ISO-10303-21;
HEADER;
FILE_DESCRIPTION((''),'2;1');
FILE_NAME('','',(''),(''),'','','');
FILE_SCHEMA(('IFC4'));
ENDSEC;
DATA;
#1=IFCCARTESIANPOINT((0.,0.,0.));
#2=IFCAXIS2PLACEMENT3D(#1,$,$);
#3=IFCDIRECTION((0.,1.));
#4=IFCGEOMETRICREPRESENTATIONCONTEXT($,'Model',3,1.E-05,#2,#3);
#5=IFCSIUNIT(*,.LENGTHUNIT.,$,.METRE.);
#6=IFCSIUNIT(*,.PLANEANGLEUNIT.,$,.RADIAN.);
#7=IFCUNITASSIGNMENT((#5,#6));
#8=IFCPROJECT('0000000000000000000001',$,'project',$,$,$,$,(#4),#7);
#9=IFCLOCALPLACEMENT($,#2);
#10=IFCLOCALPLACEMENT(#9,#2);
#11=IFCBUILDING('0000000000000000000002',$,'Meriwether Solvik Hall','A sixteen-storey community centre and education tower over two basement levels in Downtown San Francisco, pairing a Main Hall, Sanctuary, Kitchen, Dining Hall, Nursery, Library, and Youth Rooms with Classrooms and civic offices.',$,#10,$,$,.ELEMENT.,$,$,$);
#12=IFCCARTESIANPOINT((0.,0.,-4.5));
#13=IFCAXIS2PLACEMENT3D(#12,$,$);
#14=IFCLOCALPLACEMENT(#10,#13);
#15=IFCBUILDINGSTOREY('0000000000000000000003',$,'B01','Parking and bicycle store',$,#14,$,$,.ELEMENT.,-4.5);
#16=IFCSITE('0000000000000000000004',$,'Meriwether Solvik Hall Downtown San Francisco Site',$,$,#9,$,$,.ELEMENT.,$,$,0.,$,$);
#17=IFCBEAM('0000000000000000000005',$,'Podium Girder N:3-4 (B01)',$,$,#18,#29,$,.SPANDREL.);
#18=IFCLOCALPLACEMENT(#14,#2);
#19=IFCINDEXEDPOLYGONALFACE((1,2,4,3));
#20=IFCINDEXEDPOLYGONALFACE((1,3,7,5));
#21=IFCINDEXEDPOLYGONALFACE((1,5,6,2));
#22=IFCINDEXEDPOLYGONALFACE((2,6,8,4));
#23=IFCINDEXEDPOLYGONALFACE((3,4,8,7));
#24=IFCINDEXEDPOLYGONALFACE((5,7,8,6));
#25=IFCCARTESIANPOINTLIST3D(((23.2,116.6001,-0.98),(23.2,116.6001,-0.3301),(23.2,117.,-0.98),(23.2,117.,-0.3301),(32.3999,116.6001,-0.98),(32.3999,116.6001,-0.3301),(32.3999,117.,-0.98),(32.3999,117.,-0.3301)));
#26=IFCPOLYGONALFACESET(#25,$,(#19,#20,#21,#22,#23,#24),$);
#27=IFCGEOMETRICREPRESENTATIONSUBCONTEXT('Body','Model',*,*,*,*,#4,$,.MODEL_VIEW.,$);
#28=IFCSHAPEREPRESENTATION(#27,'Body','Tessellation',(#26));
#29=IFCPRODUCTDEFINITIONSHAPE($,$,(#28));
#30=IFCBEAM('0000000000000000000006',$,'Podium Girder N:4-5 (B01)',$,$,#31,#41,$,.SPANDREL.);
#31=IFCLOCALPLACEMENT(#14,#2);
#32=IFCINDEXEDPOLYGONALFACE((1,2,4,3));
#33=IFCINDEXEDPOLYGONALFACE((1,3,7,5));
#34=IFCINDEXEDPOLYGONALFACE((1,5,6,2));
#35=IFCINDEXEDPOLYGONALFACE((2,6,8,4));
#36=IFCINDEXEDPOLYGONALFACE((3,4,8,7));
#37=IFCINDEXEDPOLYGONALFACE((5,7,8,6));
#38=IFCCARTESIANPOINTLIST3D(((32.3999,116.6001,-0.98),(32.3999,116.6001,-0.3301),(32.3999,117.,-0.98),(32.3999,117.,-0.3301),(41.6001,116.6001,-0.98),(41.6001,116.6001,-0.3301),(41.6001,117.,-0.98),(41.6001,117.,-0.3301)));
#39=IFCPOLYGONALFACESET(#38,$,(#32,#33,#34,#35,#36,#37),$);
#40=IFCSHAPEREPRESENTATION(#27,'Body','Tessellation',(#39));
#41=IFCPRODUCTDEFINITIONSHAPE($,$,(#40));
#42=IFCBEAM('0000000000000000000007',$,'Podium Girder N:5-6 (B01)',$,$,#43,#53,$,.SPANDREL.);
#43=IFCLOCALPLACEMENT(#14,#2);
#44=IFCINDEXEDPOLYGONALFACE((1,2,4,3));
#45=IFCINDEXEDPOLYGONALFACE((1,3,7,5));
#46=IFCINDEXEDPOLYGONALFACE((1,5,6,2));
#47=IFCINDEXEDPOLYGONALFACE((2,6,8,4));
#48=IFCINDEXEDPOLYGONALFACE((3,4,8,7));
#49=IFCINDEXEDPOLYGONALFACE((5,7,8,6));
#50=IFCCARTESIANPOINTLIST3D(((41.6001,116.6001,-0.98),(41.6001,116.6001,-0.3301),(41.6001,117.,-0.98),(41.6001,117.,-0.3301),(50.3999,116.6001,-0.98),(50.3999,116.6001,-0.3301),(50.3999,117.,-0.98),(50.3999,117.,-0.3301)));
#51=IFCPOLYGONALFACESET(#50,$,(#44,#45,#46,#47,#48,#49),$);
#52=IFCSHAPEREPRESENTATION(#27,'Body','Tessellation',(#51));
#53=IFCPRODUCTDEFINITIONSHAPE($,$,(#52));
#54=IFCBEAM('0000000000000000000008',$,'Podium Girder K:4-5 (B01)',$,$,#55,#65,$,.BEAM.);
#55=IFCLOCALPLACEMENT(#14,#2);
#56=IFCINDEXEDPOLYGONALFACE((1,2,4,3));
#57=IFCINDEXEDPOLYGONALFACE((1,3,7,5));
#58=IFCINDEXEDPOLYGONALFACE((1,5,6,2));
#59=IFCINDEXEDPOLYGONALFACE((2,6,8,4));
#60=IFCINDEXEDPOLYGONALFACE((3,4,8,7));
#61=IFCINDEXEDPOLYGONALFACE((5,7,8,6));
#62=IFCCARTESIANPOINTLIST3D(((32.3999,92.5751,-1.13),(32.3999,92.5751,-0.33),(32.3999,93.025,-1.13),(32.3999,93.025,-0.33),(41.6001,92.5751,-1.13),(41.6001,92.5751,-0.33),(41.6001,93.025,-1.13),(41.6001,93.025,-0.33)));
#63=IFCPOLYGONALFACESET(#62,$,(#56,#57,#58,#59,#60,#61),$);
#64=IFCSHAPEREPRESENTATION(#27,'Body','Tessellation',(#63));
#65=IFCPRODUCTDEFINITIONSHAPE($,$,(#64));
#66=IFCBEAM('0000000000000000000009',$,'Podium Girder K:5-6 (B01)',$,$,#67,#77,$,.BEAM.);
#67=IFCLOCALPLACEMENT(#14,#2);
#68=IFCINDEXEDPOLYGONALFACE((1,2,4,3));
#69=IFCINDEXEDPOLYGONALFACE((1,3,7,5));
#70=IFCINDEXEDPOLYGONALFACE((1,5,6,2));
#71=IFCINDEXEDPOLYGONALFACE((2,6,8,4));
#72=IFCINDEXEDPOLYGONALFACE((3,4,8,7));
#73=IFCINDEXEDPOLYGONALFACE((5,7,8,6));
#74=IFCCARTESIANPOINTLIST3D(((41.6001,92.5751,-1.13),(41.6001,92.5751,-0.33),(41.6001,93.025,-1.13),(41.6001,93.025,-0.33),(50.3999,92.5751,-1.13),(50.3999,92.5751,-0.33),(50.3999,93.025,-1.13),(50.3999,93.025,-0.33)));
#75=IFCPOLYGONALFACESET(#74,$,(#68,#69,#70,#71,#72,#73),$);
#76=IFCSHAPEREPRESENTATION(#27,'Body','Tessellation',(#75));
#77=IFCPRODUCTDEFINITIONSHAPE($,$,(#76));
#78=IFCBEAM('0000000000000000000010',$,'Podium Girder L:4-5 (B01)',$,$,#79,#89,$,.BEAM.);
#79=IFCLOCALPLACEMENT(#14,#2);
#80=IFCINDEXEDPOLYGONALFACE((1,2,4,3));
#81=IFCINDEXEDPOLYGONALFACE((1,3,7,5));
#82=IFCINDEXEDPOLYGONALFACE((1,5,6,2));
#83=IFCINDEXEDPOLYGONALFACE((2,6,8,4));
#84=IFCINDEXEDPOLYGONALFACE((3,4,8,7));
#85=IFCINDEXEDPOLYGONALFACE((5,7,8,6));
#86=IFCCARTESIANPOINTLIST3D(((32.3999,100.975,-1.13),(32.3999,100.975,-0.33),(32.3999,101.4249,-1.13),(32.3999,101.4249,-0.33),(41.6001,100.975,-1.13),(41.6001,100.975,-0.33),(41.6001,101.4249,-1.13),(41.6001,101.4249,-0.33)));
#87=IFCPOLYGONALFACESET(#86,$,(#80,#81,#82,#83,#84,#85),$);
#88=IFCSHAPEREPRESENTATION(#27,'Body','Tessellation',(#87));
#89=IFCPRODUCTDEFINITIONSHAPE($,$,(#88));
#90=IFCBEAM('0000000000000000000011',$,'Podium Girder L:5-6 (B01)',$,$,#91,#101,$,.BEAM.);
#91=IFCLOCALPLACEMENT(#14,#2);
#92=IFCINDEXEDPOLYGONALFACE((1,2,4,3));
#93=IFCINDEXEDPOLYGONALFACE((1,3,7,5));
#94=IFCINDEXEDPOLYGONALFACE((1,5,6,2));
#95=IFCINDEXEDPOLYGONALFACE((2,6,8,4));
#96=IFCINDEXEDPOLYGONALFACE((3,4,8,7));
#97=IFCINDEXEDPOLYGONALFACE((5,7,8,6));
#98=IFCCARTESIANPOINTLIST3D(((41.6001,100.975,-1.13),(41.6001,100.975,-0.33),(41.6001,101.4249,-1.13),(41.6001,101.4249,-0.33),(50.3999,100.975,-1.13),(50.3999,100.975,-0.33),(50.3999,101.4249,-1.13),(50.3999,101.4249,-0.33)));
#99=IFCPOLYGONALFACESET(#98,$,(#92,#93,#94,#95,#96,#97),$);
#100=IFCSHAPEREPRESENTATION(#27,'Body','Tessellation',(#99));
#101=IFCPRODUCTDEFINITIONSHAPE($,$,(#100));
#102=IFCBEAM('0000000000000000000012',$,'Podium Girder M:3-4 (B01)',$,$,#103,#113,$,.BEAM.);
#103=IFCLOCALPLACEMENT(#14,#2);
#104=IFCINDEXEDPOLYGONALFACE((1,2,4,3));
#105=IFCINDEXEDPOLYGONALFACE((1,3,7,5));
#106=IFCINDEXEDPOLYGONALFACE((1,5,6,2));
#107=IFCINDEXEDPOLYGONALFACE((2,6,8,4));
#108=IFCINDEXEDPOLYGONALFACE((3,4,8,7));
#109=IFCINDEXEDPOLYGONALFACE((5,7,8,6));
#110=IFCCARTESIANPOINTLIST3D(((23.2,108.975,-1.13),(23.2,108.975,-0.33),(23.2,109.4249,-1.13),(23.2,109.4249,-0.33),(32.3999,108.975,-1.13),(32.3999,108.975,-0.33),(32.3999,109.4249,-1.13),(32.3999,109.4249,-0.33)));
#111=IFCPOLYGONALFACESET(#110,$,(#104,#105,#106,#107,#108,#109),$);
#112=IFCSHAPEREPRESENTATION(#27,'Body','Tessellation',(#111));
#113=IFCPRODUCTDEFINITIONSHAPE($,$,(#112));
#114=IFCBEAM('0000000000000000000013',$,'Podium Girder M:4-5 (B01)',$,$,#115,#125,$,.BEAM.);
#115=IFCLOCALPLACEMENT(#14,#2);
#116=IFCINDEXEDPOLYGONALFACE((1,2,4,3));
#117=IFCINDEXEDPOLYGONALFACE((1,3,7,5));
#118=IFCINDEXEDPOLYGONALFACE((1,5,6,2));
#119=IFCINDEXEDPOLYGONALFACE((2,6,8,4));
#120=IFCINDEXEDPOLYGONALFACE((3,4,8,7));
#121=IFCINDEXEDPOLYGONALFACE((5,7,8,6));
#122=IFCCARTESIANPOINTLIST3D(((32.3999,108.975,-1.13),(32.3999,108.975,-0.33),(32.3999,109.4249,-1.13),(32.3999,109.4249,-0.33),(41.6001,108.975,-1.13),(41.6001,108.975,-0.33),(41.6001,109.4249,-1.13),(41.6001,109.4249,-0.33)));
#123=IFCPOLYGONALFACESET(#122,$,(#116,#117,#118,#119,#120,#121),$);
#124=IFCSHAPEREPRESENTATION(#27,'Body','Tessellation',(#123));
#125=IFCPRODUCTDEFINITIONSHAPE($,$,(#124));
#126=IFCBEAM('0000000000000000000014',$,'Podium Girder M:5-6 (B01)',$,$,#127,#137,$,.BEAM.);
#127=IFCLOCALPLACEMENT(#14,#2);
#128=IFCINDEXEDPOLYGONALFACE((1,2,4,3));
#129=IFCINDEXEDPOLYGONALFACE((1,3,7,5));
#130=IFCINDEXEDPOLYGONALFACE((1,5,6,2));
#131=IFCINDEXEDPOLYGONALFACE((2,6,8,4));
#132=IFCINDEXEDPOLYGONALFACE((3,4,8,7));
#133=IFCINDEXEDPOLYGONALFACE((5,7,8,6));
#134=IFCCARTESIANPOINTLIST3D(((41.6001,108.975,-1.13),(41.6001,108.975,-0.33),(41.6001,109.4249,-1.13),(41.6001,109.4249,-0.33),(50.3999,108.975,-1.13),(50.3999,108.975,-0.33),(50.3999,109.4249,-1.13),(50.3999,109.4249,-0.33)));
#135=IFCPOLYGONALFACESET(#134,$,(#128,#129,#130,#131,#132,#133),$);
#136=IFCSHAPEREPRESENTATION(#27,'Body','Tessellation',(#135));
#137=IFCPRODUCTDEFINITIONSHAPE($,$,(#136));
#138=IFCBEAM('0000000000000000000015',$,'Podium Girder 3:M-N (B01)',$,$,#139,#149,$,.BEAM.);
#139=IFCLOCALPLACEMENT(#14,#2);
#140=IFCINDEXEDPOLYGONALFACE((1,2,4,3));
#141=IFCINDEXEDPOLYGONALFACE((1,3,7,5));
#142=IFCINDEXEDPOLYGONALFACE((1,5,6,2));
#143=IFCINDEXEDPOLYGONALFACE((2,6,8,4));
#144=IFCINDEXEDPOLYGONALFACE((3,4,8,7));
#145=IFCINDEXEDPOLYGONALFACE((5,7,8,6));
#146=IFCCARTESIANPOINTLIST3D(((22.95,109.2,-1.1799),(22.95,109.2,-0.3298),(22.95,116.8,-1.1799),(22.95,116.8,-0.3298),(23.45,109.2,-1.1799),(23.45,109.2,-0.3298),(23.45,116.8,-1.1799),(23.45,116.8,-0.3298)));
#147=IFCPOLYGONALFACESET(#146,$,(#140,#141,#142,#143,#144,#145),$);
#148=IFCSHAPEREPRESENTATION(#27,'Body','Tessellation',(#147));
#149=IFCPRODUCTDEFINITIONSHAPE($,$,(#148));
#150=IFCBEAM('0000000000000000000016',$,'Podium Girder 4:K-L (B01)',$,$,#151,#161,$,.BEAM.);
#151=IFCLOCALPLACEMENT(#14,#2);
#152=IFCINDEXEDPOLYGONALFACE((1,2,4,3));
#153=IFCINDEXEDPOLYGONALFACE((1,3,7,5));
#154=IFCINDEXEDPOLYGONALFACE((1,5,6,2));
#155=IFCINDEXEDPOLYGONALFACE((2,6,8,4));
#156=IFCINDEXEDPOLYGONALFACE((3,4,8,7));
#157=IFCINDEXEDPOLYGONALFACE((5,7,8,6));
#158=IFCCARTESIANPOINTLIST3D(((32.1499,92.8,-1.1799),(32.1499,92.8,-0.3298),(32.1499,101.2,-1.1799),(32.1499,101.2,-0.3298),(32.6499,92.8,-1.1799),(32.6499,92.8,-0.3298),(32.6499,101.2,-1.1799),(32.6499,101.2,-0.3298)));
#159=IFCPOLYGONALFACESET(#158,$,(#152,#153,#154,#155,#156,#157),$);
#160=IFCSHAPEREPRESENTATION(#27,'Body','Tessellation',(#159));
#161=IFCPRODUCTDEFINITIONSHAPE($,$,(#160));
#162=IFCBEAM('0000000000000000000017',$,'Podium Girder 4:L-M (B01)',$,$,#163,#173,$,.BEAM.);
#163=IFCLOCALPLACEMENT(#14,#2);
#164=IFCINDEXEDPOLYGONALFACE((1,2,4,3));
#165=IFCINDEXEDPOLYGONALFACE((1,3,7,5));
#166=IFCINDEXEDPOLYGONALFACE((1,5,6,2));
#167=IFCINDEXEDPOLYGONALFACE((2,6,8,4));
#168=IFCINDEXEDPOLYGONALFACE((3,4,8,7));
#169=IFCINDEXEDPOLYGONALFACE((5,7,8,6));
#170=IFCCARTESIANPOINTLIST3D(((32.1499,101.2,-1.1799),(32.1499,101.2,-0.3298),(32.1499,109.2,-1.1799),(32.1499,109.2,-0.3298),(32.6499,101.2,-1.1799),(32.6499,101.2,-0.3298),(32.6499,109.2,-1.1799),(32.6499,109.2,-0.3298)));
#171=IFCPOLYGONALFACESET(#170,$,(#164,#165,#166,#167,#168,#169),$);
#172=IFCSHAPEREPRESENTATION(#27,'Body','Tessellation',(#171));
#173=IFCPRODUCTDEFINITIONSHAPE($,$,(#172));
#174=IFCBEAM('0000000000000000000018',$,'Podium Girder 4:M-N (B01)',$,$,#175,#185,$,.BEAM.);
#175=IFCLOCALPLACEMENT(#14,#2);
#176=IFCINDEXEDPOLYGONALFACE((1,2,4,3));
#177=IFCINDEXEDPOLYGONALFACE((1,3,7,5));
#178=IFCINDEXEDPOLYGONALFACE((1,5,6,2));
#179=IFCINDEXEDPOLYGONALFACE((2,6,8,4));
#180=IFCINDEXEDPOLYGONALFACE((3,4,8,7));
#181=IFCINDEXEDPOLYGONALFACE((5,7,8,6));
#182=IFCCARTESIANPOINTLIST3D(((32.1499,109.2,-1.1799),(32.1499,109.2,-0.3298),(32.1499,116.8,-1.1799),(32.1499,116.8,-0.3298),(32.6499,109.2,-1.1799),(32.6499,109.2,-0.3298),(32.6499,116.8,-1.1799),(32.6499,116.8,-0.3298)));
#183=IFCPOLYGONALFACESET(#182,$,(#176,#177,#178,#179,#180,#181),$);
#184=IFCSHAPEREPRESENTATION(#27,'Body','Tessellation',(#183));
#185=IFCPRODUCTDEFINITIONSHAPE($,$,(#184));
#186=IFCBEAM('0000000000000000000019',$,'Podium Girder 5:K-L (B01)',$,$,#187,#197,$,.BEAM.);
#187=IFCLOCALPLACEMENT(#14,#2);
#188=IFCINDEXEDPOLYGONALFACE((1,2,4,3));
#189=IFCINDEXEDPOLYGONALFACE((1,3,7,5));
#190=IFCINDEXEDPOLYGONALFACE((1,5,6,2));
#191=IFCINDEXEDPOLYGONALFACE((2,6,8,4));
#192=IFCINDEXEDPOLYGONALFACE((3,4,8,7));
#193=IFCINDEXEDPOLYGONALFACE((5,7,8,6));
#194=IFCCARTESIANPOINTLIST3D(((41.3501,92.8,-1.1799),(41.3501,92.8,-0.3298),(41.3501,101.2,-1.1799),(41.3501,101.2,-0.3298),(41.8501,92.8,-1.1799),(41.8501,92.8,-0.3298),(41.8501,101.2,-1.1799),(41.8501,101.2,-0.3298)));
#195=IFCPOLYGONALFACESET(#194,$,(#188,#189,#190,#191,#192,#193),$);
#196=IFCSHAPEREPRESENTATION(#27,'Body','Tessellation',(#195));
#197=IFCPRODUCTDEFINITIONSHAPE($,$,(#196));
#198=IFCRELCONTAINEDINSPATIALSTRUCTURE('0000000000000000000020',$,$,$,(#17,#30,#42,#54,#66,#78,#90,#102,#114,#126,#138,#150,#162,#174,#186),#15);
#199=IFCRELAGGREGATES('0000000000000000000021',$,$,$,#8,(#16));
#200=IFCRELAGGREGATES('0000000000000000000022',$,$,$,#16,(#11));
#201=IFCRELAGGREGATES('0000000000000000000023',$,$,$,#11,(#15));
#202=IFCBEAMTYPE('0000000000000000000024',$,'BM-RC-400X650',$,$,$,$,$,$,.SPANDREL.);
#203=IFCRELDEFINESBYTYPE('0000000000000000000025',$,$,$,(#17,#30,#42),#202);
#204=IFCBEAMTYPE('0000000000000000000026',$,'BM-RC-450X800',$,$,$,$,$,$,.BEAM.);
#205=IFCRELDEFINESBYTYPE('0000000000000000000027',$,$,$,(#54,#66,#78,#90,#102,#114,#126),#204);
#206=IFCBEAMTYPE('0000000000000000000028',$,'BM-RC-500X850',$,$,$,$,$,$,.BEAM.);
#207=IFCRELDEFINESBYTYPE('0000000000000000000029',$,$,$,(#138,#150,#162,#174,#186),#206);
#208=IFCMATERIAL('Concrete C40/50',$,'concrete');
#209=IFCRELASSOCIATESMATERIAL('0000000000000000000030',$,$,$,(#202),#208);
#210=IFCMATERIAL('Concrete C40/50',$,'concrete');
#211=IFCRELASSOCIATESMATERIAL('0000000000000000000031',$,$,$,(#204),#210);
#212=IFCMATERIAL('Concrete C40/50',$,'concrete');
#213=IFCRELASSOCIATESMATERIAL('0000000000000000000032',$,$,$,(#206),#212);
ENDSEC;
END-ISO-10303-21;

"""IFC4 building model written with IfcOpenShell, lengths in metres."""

from ifc_helpers import new_model, si_unit, direction, frame, origin, origin_2d, place, context, subcontext, project, spatial, rectangle, extrude, material, material_profile, profile_set, type_object, element, save


model = new_model("IFC4")

# Units and contexts
model_context = context("Model", 3, precision=1e-05, world=origin(), true_north=direction((0.0, 1.0)))
body_context = subcontext(model_context, "Body", "Model", "MODEL_VIEW")
ifc_project = project(units=[si_unit("LENGTHUNIT", "METRE"), si_unit("PLANEANGLEUNIT", "RADIAN")], contexts=[model_context])

# Site, building, storey
site_placement = place(None, origin())
site = spatial("IfcSite", under=ifc_project, at=site_placement, Name="Meriwether Solvik Hall Downtown San Francisco Site", CompositionType="ELEMENT", RefElevation=0.0)
building_placement = place(site_placement, origin())
building = spatial("IfcBuilding", under=site, at=building_placement, Name="Meriwether Solvik Hall", Description="A sixteen-storey community centre and education tower over two basement levels in Downtown San Francisco, pairing a Main Hall, Sanctuary, Kitchen, Dining Hall, Nursery, Library, and Youth Rooms with Classrooms and civic offices.", CompositionType="ELEMENT")
storey_placement = place(building_placement, frame((0.0, 0.0, -4.5)))
storey = spatial("IfcBuildingStorey", under=building, at=storey_placement, Name="B01", Description="Parking and bicycle store", CompositionType="ELEMENT", Elevation=-4.5)

# Beams
ifc_material_1 = material(Name="Concrete C40/50", Category="concrete")
ifc_material_profile_1 = material_profile(ifc_material_1, rectangle(XDim=0.3999, YDim=0.6499, at=origin_2d()), Name="RCB-400X650")
ifc_profile_set_1 = profile_set([ifc_material_profile_1], Name="Concrete C40/50")
beam_type_1 = type_object("IfcBeamType", Name="BM-RC-400X650", PredefinedType="SPANDREL", material=ifc_profile_set_1)
beam_1_placement = place(storey_placement, frame((23.2, 116.8, -0.655), z_axis=(1.0, 0.0, 0.0), x_axis=(0.0, 1.0, 0.0)))
element("IfcBeam", 1, at=beam_1_placement, inside=storey, type_object=beam_type_1, Name="Podium Girder N:3-4 (B01)", PredefinedType="SPANDREL", context=body_context, shape_type="SweptSolid", body=[
    extrude(rectangle(XDim=0.3999, YDim=0.6499, at=origin_2d()), origin(), (0.0, 0.0, 1.0), 9.2),
])
beam_2_placement = place(storey_placement, frame((32.3999, 116.8, -0.655), z_axis=(1.0, 0.0, 0.0), x_axis=(0.0, 1.0, 0.0)))
element("IfcBeam", 2, at=beam_2_placement, inside=storey, type_object=beam_type_1, Name="Podium Girder N:4-5 (B01)", PredefinedType="SPANDREL", context=body_context, shape_type="SweptSolid", body=[
    extrude(rectangle(XDim=0.3999, YDim=0.6499, at=origin_2d()), origin(), (0.0, 0.0, 1.0), 9.2002),
])
beam_3_placement = place(storey_placement, frame((41.6001, 116.8, -0.655), z_axis=(1.0, 0.0, 0.0), x_axis=(0.0, 1.0, 0.0)))
element("IfcBeam", 3, at=beam_3_placement, inside=storey, type_object=beam_type_1, Name="Podium Girder N:5-6 (B01)", PredefinedType="SPANDREL", context=body_context, shape_type="SweptSolid", body=[
    extrude(rectangle(XDim=0.3999, YDim=0.6499, at=origin_2d()), origin(), (0.0, 0.0, 1.0), 8.7998),
])
ifc_material_2 = material(Name="Concrete C40/50", Category="concrete")
ifc_material_profile_2 = material_profile(ifc_material_2, rectangle(XDim=0.45, YDim=0.8, at=origin_2d()), Name="RCB-450X800")
ifc_profile_set_2 = profile_set([ifc_material_profile_2], Name="Concrete C40/50")
beam_type_2 = type_object("IfcBeamType", Name="BM-RC-450X800", PredefinedType="BEAM", material=ifc_profile_set_2)
beam_4_placement = place(storey_placement, frame((32.3999, 92.8, -0.73), z_axis=(1.0, 0.0, 0.0), x_axis=(0.0, 1.0, 0.0)))
element("IfcBeam", 4, at=beam_4_placement, inside=storey, type_object=beam_type_2, Name="Podium Girder K:4-5 (B01)", PredefinedType="BEAM", context=body_context, shape_type="SweptSolid", body=[
    extrude(rectangle(XDim=0.45, YDim=0.8, at=origin_2d()), origin(), (0.0, 0.0, 1.0), 9.2002),
])
beam_5_placement = place(storey_placement, frame((41.6001, 92.8, -0.73), z_axis=(1.0, 0.0, 0.0), x_axis=(0.0, 1.0, 0.0)))
element("IfcBeam", 5, at=beam_5_placement, inside=storey, type_object=beam_type_2, Name="Podium Girder K:5-6 (B01)", PredefinedType="BEAM", context=body_context, shape_type="SweptSolid", body=[
    extrude(rectangle(XDim=0.45, YDim=0.8, at=origin_2d()), origin(), (0.0, 0.0, 1.0), 8.7998),
])
beam_6_placement = place(storey_placement, frame((32.3999, 101.2, -0.73), z_axis=(1.0, 0.0, 0.0), x_axis=(0.0, 1.0, 0.0)))
element("IfcBeam", 6, at=beam_6_placement, inside=storey, type_object=beam_type_2, Name="Podium Girder L:4-5 (B01)", PredefinedType="BEAM", context=body_context, shape_type="SweptSolid", body=[
    extrude(rectangle(XDim=0.45, YDim=0.8, at=origin_2d()), origin(), (0.0, 0.0, 1.0), 9.2002),
])
beam_7_placement = place(storey_placement, frame((41.6001, 101.2, -0.73), z_axis=(1.0, 0.0, 0.0), x_axis=(0.0, 1.0, 0.0)))
element("IfcBeam", 7, at=beam_7_placement, inside=storey, type_object=beam_type_2, Name="Podium Girder L:5-6 (B01)", PredefinedType="BEAM", context=body_context, shape_type="SweptSolid", body=[
    extrude(rectangle(XDim=0.45, YDim=0.8, at=origin_2d()), origin(), (0.0, 0.0, 1.0), 8.7998),
])
beam_8_placement = place(storey_placement, frame((23.2, 109.2, -0.73), z_axis=(1.0, 0.0, 0.0), x_axis=(0.0, 1.0, 0.0)))
element("IfcBeam", 8, at=beam_8_placement, inside=storey, type_object=beam_type_2, Name="Podium Girder M:3-4 (B01)", PredefinedType="BEAM", context=body_context, shape_type="SweptSolid", body=[
    extrude(rectangle(XDim=0.45, YDim=0.8, at=origin_2d()), origin(), (0.0, 0.0, 1.0), 9.2),
])
beam_9_placement = place(storey_placement, frame((32.3999, 109.2, -0.73), z_axis=(1.0, 0.0, 0.0), x_axis=(0.0, 1.0, 0.0)))
element("IfcBeam", 9, at=beam_9_placement, inside=storey, type_object=beam_type_2, Name="Podium Girder M:4-5 (B01)", PredefinedType="BEAM", context=body_context, shape_type="SweptSolid", body=[
    extrude(rectangle(XDim=0.45, YDim=0.8, at=origin_2d()), origin(), (0.0, 0.0, 1.0), 9.2002),
])
beam_10_placement = place(storey_placement, frame((41.6001, 109.2, -0.73), z_axis=(1.0, 0.0, 0.0), x_axis=(0.0, 1.0, 0.0)))
element("IfcBeam", 10, at=beam_10_placement, inside=storey, type_object=beam_type_2, Name="Podium Girder M:5-6 (B01)", PredefinedType="BEAM", context=body_context, shape_type="SweptSolid", body=[
    extrude(rectangle(XDim=0.45, YDim=0.8, at=origin_2d()), origin(), (0.0, 0.0, 1.0), 8.7998),
])
ifc_material_3 = material(Name="Concrete C40/50", Category="concrete")
ifc_material_profile_3 = material_profile(ifc_material_3, rectangle(XDim=0.5, YDim=0.8501, at=origin_2d()), Name="RCB-500X850")
ifc_profile_set_3 = profile_set([ifc_material_profile_3], Name="Concrete C40/50")
beam_type_3 = type_object("IfcBeamType", Name="BM-RC-500X850", PredefinedType="BEAM", material=ifc_profile_set_3)
beam_11_placement = place(storey_placement, frame((23.2, 109.2, -0.7549), z_axis=(0.0, 1.0, 0.0), x_axis=(-1.0, 0.0, 0.0)))
element("IfcBeam", 11, at=beam_11_placement, inside=storey, type_object=beam_type_3, Name="Podium Girder 3:M-N (B01)", PredefinedType="BEAM", context=body_context, shape_type="SweptSolid", body=[
    extrude(rectangle(XDim=0.5, YDim=0.8501, at=origin_2d()), origin(), (0.0, 0.0, 1.0), 7.6001),
])
beam_12_placement = place(storey_placement, frame((32.3999, 92.8, -0.7549), z_axis=(0.0, 1.0, 0.0), x_axis=(-1.0, 0.0, 0.0)))
element("IfcBeam", 12, at=beam_12_placement, inside=storey, type_object=beam_type_3, Name="Podium Girder 4:K-L (B01)", PredefinedType="BEAM", context=body_context, shape_type="SweptSolid", body=[
    extrude(rectangle(XDim=0.5, YDim=0.8501, at=origin_2d()), origin(), (0.0, 0.0, 1.0), 8.3999),
])
beam_13_placement = place(storey_placement, frame((32.3999, 101.2, -0.7549), z_axis=(0.0, 1.0, 0.0), x_axis=(-1.0, 0.0, 0.0)))
element("IfcBeam", 13, at=beam_13_placement, inside=storey, type_object=beam_type_3, Name="Podium Girder 4:L-M (B01)", PredefinedType="BEAM", context=body_context, shape_type="SweptSolid", body=[
    extrude(rectangle(XDim=0.5, YDim=0.8501, at=origin_2d()), origin(), (0.0, 0.0, 1.0), 8.0),
])
beam_14_placement = place(storey_placement, frame((32.3999, 109.2, -0.7549), z_axis=(0.0, 1.0, 0.0), x_axis=(-1.0, 0.0, 0.0)))
element("IfcBeam", 14, at=beam_14_placement, inside=storey, type_object=beam_type_3, Name="Podium Girder 4:M-N (B01)", PredefinedType="BEAM", context=body_context, shape_type="SweptSolid", body=[
    extrude(rectangle(XDim=0.5, YDim=0.8501, at=origin_2d()), origin(), (0.0, 0.0, 1.0), 7.6001),
])
beam_15_placement = place(storey_placement, frame((41.6001, 92.8, -0.7549), z_axis=(0.0, 1.0, 0.0), x_axis=(-1.0, 0.0, 0.0)))
element("IfcBeam", 15, at=beam_15_placement, inside=storey, type_object=beam_type_3, Name="Podium Girder 5:K-L (B01)", PredefinedType="BEAM", context=body_context, shape_type="SweptSolid", body=[
    extrude(rectangle(XDim=0.5, YDim=0.8501, at=origin_2d()), origin(), (0.0, 0.0, 1.0), 8.3999),
])

save(model, "model.ifc")
